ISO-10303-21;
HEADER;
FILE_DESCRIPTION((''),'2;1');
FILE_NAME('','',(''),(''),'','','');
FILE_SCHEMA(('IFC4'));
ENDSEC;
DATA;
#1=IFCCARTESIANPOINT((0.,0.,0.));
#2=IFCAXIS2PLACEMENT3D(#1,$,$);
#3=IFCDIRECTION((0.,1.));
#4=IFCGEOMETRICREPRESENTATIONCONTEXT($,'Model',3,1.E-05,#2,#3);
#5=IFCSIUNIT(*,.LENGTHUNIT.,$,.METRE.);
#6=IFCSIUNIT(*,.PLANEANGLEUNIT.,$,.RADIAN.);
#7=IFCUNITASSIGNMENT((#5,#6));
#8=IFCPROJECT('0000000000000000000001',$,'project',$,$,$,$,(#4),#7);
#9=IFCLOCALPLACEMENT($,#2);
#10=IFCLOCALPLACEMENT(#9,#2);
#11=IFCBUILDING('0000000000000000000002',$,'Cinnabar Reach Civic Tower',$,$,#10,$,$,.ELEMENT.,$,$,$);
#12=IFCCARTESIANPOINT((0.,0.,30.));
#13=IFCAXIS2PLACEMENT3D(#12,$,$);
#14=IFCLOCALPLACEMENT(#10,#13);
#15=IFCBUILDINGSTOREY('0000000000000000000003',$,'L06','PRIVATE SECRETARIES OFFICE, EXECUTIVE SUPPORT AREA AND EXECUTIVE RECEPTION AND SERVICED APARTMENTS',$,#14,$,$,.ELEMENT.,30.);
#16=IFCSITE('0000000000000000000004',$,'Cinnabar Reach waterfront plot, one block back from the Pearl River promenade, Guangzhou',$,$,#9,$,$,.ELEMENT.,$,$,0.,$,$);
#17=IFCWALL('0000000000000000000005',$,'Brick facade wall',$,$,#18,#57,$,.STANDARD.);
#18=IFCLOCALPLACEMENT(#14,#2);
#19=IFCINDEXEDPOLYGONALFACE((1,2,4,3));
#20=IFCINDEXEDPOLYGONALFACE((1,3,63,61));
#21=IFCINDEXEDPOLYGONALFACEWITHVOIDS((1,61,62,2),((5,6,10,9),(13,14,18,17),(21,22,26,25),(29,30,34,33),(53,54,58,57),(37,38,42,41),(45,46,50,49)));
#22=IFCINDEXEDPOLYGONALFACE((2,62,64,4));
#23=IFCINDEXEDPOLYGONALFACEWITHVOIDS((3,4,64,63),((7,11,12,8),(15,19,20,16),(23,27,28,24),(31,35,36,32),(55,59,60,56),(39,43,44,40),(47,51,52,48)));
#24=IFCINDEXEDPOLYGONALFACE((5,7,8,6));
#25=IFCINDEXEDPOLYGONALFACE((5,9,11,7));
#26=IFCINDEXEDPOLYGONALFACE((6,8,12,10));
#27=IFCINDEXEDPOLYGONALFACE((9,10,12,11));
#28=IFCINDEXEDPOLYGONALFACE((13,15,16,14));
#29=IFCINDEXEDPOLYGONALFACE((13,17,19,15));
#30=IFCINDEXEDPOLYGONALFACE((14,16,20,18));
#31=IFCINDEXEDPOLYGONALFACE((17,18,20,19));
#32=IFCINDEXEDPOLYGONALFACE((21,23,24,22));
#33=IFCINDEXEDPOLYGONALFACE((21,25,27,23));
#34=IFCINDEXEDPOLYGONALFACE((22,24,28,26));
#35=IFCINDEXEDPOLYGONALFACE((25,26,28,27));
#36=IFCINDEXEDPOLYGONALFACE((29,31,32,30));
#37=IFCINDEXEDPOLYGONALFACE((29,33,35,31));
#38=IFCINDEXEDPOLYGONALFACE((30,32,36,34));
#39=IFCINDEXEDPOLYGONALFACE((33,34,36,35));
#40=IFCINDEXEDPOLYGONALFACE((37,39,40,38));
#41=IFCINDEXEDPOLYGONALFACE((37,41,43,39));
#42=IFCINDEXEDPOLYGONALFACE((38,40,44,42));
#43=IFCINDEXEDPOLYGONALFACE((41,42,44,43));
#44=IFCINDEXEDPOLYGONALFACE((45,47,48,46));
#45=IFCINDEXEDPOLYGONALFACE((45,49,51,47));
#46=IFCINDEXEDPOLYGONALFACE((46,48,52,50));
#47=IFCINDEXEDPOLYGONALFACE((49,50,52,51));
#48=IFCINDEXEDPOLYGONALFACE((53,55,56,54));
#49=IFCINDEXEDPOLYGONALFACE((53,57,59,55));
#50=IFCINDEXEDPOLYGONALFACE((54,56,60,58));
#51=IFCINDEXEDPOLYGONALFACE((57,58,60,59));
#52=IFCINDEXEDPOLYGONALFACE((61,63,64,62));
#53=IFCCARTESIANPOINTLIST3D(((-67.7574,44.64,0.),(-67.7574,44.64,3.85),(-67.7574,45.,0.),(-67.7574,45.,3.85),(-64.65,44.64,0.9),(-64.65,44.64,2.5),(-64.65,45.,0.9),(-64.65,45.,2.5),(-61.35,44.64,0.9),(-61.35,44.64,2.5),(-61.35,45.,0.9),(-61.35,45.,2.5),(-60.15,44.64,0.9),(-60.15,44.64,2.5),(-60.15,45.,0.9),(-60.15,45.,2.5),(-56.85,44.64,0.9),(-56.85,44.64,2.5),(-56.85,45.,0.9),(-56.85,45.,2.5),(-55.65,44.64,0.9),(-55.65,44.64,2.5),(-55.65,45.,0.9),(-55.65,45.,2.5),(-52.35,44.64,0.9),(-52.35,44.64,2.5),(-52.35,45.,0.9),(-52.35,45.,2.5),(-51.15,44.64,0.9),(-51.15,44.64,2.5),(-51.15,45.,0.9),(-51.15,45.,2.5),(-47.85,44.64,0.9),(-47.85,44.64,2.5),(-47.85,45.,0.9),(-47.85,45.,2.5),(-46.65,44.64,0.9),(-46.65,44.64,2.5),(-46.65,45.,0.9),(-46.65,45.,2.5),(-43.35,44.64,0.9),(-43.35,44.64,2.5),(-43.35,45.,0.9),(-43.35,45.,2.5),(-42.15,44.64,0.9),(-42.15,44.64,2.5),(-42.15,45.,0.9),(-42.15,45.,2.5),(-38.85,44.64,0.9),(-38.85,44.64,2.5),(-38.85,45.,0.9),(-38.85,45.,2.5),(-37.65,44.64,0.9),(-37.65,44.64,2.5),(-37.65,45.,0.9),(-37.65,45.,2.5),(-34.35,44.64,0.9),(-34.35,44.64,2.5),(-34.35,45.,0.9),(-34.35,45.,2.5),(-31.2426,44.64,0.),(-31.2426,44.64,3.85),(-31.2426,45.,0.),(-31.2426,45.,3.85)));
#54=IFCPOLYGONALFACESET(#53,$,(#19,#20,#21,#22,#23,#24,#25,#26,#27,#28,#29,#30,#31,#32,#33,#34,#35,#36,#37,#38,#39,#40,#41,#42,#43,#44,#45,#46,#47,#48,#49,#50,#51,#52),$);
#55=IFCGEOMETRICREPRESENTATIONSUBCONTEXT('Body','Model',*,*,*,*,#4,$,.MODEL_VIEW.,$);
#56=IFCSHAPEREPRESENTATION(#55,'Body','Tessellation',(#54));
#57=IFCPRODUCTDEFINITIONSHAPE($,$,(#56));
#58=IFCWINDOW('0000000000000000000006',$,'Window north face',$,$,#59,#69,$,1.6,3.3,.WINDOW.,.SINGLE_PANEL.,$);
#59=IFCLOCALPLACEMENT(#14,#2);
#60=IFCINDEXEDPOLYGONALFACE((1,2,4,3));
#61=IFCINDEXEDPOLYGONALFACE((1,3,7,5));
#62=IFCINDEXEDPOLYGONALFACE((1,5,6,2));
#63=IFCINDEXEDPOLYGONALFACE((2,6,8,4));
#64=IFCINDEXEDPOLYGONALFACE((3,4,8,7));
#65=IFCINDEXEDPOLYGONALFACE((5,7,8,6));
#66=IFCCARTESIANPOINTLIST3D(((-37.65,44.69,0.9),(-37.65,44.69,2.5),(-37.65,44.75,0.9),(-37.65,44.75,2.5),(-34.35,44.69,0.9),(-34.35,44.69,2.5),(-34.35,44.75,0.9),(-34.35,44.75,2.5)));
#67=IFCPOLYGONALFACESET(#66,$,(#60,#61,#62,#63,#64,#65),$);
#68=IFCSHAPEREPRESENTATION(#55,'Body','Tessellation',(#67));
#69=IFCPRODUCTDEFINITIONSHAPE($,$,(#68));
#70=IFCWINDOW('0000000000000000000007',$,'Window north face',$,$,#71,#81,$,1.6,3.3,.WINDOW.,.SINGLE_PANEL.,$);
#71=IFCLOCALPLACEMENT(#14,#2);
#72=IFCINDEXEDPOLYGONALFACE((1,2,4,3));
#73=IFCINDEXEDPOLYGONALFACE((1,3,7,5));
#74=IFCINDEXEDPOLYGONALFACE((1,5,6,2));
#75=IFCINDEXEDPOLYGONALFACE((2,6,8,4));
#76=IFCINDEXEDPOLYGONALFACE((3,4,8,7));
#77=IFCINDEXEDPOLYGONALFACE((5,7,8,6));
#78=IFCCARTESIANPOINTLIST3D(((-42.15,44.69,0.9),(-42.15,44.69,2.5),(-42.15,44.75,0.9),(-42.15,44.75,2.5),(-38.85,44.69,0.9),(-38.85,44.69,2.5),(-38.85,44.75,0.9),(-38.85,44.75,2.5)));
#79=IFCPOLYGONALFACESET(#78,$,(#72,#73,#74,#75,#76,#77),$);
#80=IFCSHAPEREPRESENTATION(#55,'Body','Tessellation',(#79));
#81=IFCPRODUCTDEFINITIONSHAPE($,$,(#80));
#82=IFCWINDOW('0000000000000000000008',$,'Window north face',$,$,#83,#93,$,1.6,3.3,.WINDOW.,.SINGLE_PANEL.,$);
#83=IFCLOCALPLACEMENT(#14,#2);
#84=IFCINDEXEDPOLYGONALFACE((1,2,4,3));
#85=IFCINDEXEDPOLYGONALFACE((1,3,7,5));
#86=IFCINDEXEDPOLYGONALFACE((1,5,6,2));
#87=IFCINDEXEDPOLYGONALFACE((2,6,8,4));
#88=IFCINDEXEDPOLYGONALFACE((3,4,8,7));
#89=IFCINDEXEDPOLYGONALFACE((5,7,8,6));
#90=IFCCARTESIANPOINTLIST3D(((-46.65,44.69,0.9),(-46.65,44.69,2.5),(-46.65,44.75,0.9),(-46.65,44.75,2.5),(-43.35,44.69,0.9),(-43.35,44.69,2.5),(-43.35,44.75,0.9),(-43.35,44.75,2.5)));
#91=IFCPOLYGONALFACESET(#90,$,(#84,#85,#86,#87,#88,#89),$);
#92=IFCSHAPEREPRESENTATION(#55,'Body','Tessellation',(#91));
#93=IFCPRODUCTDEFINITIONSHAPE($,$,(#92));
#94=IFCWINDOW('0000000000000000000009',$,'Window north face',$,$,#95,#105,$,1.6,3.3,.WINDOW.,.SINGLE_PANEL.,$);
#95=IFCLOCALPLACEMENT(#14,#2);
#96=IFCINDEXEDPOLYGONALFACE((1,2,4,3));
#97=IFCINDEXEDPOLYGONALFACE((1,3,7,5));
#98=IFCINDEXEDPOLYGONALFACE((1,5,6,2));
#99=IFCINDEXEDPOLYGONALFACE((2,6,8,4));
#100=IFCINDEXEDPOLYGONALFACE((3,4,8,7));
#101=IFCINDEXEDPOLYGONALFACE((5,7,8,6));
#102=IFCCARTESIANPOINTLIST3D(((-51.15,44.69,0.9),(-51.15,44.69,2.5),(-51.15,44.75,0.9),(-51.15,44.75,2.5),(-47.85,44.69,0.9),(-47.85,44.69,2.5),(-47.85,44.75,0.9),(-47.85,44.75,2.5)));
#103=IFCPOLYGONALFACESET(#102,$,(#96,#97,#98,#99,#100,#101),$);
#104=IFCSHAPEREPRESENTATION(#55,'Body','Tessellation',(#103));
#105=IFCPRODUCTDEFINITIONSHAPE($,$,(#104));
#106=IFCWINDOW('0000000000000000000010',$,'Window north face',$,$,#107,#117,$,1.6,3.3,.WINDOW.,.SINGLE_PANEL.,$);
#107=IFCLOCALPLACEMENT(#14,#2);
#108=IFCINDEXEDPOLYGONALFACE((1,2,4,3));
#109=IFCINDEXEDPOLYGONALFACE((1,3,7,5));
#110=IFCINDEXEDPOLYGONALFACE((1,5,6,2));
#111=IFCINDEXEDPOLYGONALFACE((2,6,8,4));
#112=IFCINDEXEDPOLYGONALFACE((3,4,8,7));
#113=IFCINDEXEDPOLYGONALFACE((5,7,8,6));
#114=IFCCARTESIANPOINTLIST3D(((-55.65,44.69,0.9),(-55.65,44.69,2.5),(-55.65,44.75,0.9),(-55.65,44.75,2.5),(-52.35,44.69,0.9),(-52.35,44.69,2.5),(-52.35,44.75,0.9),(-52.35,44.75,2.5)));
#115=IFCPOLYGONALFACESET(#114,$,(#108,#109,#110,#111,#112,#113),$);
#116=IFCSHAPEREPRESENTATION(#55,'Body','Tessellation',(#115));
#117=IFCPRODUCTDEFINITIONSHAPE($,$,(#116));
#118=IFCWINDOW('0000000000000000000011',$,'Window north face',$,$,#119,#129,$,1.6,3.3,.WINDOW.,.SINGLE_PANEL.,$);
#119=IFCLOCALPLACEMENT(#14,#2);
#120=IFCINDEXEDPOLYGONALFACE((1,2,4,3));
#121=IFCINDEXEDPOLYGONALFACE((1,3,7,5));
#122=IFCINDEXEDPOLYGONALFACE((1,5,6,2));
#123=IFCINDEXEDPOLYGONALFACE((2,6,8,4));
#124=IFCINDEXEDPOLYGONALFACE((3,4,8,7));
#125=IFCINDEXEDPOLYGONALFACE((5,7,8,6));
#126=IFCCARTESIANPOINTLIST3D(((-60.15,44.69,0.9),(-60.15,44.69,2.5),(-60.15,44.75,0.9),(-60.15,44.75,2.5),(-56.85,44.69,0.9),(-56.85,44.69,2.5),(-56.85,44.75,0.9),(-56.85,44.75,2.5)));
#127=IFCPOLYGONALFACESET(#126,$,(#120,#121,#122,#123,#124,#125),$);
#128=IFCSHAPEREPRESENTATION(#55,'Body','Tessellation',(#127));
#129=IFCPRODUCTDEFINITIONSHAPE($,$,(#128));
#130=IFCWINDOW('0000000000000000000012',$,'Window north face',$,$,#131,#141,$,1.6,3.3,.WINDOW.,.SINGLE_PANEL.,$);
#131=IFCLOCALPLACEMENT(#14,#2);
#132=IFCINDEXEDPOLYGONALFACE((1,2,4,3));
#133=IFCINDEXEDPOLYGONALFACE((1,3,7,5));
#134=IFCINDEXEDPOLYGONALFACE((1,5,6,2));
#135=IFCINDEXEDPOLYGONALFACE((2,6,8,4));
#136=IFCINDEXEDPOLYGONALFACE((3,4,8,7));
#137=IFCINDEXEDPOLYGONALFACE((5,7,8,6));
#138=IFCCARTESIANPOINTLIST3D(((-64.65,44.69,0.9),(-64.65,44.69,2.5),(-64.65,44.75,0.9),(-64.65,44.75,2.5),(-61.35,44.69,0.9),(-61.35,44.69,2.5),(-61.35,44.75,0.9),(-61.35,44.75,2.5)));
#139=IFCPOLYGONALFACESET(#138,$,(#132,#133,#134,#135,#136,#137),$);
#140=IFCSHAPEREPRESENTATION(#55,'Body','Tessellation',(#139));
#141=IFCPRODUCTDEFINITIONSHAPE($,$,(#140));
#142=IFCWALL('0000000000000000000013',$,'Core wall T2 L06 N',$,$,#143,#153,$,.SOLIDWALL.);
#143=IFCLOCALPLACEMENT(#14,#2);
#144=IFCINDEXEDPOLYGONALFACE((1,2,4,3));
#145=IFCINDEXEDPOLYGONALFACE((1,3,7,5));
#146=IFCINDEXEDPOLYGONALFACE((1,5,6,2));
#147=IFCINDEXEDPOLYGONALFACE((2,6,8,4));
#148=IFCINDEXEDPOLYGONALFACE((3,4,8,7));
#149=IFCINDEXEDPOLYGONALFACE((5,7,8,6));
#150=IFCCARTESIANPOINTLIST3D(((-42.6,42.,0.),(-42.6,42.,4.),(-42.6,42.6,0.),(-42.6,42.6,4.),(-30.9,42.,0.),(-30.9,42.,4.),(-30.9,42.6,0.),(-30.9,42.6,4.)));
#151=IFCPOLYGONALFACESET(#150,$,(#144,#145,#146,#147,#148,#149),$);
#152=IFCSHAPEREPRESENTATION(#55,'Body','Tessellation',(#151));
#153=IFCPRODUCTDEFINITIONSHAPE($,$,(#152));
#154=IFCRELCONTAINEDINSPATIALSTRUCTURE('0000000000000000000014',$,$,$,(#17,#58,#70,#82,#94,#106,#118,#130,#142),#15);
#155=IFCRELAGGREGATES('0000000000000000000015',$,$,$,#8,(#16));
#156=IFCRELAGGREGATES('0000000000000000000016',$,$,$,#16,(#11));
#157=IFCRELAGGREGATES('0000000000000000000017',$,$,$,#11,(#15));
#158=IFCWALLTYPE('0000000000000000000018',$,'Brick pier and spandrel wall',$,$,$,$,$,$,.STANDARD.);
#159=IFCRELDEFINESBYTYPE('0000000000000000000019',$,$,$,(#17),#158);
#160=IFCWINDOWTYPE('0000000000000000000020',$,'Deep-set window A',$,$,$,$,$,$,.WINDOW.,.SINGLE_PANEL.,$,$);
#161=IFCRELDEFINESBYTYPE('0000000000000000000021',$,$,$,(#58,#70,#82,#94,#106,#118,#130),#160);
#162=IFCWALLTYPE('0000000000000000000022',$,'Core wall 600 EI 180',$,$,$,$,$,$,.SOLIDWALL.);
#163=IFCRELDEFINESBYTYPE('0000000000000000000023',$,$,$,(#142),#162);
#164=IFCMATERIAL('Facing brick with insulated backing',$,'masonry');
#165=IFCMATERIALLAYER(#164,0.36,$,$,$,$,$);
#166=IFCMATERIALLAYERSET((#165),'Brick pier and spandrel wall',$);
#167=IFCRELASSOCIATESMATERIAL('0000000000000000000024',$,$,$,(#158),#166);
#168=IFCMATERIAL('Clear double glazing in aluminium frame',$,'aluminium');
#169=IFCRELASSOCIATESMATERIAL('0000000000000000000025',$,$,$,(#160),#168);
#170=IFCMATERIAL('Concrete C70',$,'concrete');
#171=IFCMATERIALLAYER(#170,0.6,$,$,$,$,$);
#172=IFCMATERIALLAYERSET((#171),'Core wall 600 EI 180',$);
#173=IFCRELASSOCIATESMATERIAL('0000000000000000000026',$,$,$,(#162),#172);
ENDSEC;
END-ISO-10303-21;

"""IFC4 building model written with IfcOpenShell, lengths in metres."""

from ifc_helpers import new_model, si_unit, direction, frame, frame_2d, origin, place, context, subcontext, project, spatial, rectangle, extrude, material, layer, layer_set, type_object, element, fill, save


model = new_model("IFC4")

# Units and contexts
model_context = context("Model", 3, precision=1e-05, world=origin(), true_north=direction((0.0, 1.0)))
body_context = subcontext(model_context, "Body", "Model", "MODEL_VIEW")
ifc_project = project(units=[si_unit("LENGTHUNIT", "METRE"), si_unit("PLANEANGLEUNIT", "RADIAN")], contexts=[model_context])

# Site, building, storey
site_placement = place(None, origin())
site = spatial("IfcSite", under=ifc_project, at=site_placement, Name="Cinnabar Reach waterfront plot, one block back from the Pearl River promenade, Guangzhou", CompositionType="ELEMENT", RefElevation=0.0)
building_placement = place(site_placement, origin())
building = spatial("IfcBuilding", under=site, at=building_placement, Name="Cinnabar Reach Civic Tower", CompositionType="ELEMENT")
storey_placement = place(building_placement, frame((0.0, 0.0, 30.0)))
storey = spatial("IfcBuildingStorey", under=building, at=storey_placement, Name="L06", Description="PRIVATE SECRETARIES OFFICE, EXECUTIVE SUPPORT AREA AND EXECUTIVE RECEPTION AND SERVICED APARTMENTS", CompositionType="ELEMENT", Elevation=30.0)

# Shared definitions
ifc_material_1 = material(Name="Facing brick with insulated backing", Category="masonry")
ifc_layer_1 = layer(ifc_material_1, 0.36)
ifc_layer_set_1 = layer_set([ifc_layer_1], Name="Brick pier and spandrel wall")
wall_type_1 = type_object("IfcWallType", Name="Brick pier and spandrel wall", PredefinedType="STANDARD", material=ifc_layer_set_1)

# Wall, openings, windows
wall_1_placement = place(storey_placement, frame((-31.2426, 44.82, 0.0), z_axis=(0.0, 0.0, 1.0), x_axis=(-1.0, 0.0, 0.0)))
wall_1 = element("IfcWall", 1, at=wall_1_placement, inside=storey, type_object=wall_type_1, Name="Brick facade wall", PredefinedType="STANDARD", context=body_context, shape_type="SweptSolid", body=[
    extrude(rectangle(XDim=36.5148, YDim=0.36, at=frame_2d((18.2574, 0.0))), origin(), (0.0, 0.0, 1.0), 3.85),
])
opening_1_placement = place(wall_1_placement, frame((3.1074, 0.0, 0.9)))
opening_1 = element("IfcOpeningElement", 2, at=opening_1_placement, cuts=wall_1, PredefinedType="OPENING", context=body_context, shape_type="SweptSolid", body=[
    extrude(rectangle(XDim=3.3, YDim=1.6, at=frame_2d((1.65, 0.8))), frame((0.0, 0.19, 0.0), z_axis=(0.0, -1.0, 0.0), x_axis=(1.0, 0.0, 0.0)), (0.0, 0.0, 1.0), 0.38),
])
opening_2_placement = place(wall_1_placement, frame((7.6074, 0.0, 0.9)))
opening_2 = element("IfcOpeningElement", 3, at=opening_2_placement, cuts=wall_1, PredefinedType="OPENING", context=body_context, shape_type="SweptSolid", body=[
    extrude(rectangle(XDim=3.3, YDim=1.6, at=frame_2d((1.65, 0.8))), frame((0.0, 0.19, 0.0), z_axis=(0.0, -1.0, 0.0), x_axis=(1.0, 0.0, 0.0)), (0.0, 0.0, 1.0), 0.38),
])
opening_3_placement = place(wall_1_placement, frame((12.1074, 0.0, 0.9)))
opening_3 = element("IfcOpeningElement", 4, at=opening_3_placement, cuts=wall_1, PredefinedType="OPENING", context=body_context, shape_type="SweptSolid", body=[
    extrude(rectangle(XDim=3.3, YDim=1.6, at=frame_2d((1.65, 0.8))), frame((0.0, 0.19, 0.0), z_axis=(0.0, -1.0, 0.0), x_axis=(1.0, 0.0, 0.0)), (0.0, 0.0, 1.0), 0.38),
])
opening_4_placement = place(wall_1_placement, frame((16.6074, 0.0, 0.9)))
opening_4 = element("IfcOpeningElement", 5, at=opening_4_placement, cuts=wall_1, PredefinedType="OPENING", context=body_context, shape_type="SweptSolid", body=[
    extrude(rectangle(XDim=3.3, YDim=1.6, at=frame_2d((1.65, 0.8))), frame((0.0, 0.19, 0.0), z_axis=(0.0, -1.0, 0.0), x_axis=(1.0, 0.0, 0.0)), (0.0, 0.0, 1.0), 0.38),
])
opening_5_placement = place(wall_1_placement, frame((21.1074, 0.0, 0.9)))
opening_5 = element("IfcOpeningElement", 6, at=opening_5_placement, cuts=wall_1, PredefinedType="OPENING", context=body_context, shape_type="SweptSolid", body=[
    extrude(rectangle(XDim=3.3, YDim=1.6, at=frame_2d((1.65, 0.8))), frame((0.0, 0.19, 0.0), z_axis=(0.0, -1.0, 0.0), x_axis=(1.0, 0.0, 0.0)), (0.0, 0.0, 1.0), 0.38),
])
opening_6_placement = place(wall_1_placement, frame((25.6074, 0.0, 0.9)))
opening_6 = element("IfcOpeningElement", 7, at=opening_6_placement, cuts=wall_1, PredefinedType="OPENING", context=body_context, shape_type="SweptSolid", body=[
    extrude(rectangle(XDim=3.3, YDim=1.6, at=frame_2d((1.65, 0.8))), frame((0.0, 0.19, 0.0), z_axis=(0.0, -1.0, 0.0), x_axis=(1.0, 0.0, 0.0)), (0.0, 0.0, 1.0), 0.38),
])
opening_7_placement = place(wall_1_placement, frame((30.1074, 0.0, 0.9)))
opening_7 = element("IfcOpeningElement", 8, at=opening_7_placement, cuts=wall_1, PredefinedType="OPENING", context=body_context, shape_type="SweptSolid", body=[
    extrude(rectangle(XDim=3.3, YDim=1.6, at=frame_2d((1.65, 0.8))), frame((0.0, 0.19, 0.0), z_axis=(0.0, -1.0, 0.0), x_axis=(1.0, 0.0, 0.0)), (0.0, 0.0, 1.0), 0.38),
])
ifc_material_2 = material(Name="Clear double glazing in aluminium frame", Category="aluminium")
window_type = type_object("IfcWindowType", Name="Deep-set window A", PartitioningType="SINGLE_PANEL", PredefinedType="WINDOW", material=ifc_material_2)
window_1_placement = place(opening_1_placement, origin())
window_1 = element("IfcWindow", 9, at=window_1_placement, inside=storey, type_object=window_type, Name="Window north face", OverallHeight=1.6, OverallWidth=3.3, PartitioningType="SINGLE_PANEL", PredefinedType="WINDOW", context=body_context, shape_type="SweptSolid", body=[
    extrude(rectangle(XDim=3.3, YDim=1.6, at=frame_2d((1.65, 0.8))), frame((0.0, 0.13, 0.0), z_axis=(0.0, -1.0, 0.0), x_axis=(1.0, 0.0, 0.0)), (0.0, 0.0, 1.0), 0.06),
])
fill(opening_1, window_1)
window_2_placement = place(opening_2_placement, origin())
window_2 = element("IfcWindow", 10, at=window_2_placement, inside=storey, type_object=window_type, Name="Window north face", OverallHeight=1.6, OverallWidth=3.3, PartitioningType="SINGLE_PANEL", PredefinedType="WINDOW", context=body_context, shape_type="SweptSolid", body=[
    extrude(rectangle(XDim=3.3, YDim=1.6, at=frame_2d((1.65, 0.8))), frame((0.0, 0.13, 0.0), z_axis=(0.0, -1.0, 0.0), x_axis=(1.0, 0.0, 0.0)), (0.0, 0.0, 1.0), 0.06),
])
fill(opening_2, window_2)
window_3_placement = place(opening_3_placement, origin())
window_3 = element("IfcWindow", 11, at=window_3_placement, inside=storey, type_object=window_type, Name="Window north face", OverallHeight=1.6, OverallWidth=3.3, PartitioningType="SINGLE_PANEL", PredefinedType="WINDOW", context=body_context, shape_type="SweptSolid", body=[
    extrude(rectangle(XDim=3.3, YDim=1.6, at=frame_2d((1.65, 0.8))), frame((0.0, 0.13, 0.0), z_axis=(0.0, -1.0, 0.0), x_axis=(1.0, 0.0, 0.0)), (0.0, 0.0, 1.0), 0.06),
])
fill(opening_3, window_3)
window_4_placement = place(opening_4_placement, origin())
window_4 = element("IfcWindow", 12, at=window_4_placement, inside=storey, type_object=window_type, Name="Window north face", OverallHeight=1.6, OverallWidth=3.3, PartitioningType="SINGLE_PANEL", PredefinedType="WINDOW", context=body_context, shape_type="SweptSolid", body=[
    extrude(rectangle(XDim=3.3, YDim=1.6, at=frame_2d((1.65, 0.8))), frame((0.0, 0.13, 0.0), z_axis=(0.0, -1.0, 0.0), x_axis=(1.0, 0.0, 0.0)), (0.0, 0.0, 1.0), 0.06),
])
fill(opening_4, window_4)
window_5_placement = place(opening_5_placement, origin())
window_5 = element("IfcWindow", 13, at=window_5_placement, inside=storey, type_object=window_type, Name="Window north face", OverallHeight=1.6, OverallWidth=3.3, PartitioningType="SINGLE_PANEL", PredefinedType="WINDOW", context=body_context, shape_type="SweptSolid", body=[
    extrude(rectangle(XDim=3.3, YDim=1.6, at=frame_2d((1.65, 0.8))), frame((0.0, 0.13, 0.0), z_axis=(0.0, -1.0, 0.0), x_axis=(1.0, 0.0, 0.0)), (0.0, 0.0, 1.0), 0.06),
])
fill(opening_5, window_5)
window_6_placement = place(opening_6_placement, origin())
window_6 = element("IfcWindow", 14, at=window_6_placement, inside=storey, type_object=window_type, Name="Window north face", OverallHeight=1.6, OverallWidth=3.3, PartitioningType="SINGLE_PANEL", PredefinedType="WINDOW", context=body_context, shape_type="SweptSolid", body=[
    extrude(rectangle(XDim=3.3, YDim=1.6, at=frame_2d((1.65, 0.8))), frame((0.0, 0.13, 0.0), z_axis=(0.0, -1.0, 0.0), x_axis=(1.0, 0.0, 0.0)), (0.0, 0.0, 1.0), 0.06),
])
fill(opening_6, window_6)
window_7_placement = place(opening_7_placement, origin())
window_7 = element("IfcWindow", 15, at=window_7_placement, inside=storey, type_object=window_type, Name="Window north face", OverallHeight=1.6, OverallWidth=3.3, PartitioningType="SINGLE_PANEL", PredefinedType="WINDOW", context=body_context, shape_type="SweptSolid", body=[
    extrude(rectangle(XDim=3.3, YDim=1.6, at=frame_2d((1.65, 0.8))), frame((0.0, 0.13, 0.0), z_axis=(0.0, -1.0, 0.0), x_axis=(1.0, 0.0, 0.0)), (0.0, 0.0, 1.0), 0.06),
])
fill(opening_7, window_7)

# Wall
ifc_material_3 = material(Name="Concrete C70", Category="concrete")
ifc_layer_2 = layer(ifc_material_3, 0.6)
ifc_layer_set_2 = layer_set([ifc_layer_2], Name="Core wall 600 EI 180")
wall_type_2 = type_object("IfcWallType", Name="Core wall 600 EI 180", PredefinedType="SOLIDWALL", material=ifc_layer_set_2)
wall_2_placement = place(storey_placement, frame((-30.9, 42.3, 0.0), z_axis=(0.0, 0.0, 1.0), x_axis=(-1.0, 0.0, 0.0)))
element("IfcWall", 16, at=wall_2_placement, inside=storey, type_object=wall_type_2, Name="Core wall T2 L06 N", PredefinedType="SOLIDWALL", context=body_context, shape_type="SweptSolid", body=[
    extrude(rectangle(XDim=11.7, YDim=0.6, at=frame_2d((5.85, 0.0))), origin(), (0.0, 0.0, 1.0), 4.0),
])

save(model, "model.ifc")
